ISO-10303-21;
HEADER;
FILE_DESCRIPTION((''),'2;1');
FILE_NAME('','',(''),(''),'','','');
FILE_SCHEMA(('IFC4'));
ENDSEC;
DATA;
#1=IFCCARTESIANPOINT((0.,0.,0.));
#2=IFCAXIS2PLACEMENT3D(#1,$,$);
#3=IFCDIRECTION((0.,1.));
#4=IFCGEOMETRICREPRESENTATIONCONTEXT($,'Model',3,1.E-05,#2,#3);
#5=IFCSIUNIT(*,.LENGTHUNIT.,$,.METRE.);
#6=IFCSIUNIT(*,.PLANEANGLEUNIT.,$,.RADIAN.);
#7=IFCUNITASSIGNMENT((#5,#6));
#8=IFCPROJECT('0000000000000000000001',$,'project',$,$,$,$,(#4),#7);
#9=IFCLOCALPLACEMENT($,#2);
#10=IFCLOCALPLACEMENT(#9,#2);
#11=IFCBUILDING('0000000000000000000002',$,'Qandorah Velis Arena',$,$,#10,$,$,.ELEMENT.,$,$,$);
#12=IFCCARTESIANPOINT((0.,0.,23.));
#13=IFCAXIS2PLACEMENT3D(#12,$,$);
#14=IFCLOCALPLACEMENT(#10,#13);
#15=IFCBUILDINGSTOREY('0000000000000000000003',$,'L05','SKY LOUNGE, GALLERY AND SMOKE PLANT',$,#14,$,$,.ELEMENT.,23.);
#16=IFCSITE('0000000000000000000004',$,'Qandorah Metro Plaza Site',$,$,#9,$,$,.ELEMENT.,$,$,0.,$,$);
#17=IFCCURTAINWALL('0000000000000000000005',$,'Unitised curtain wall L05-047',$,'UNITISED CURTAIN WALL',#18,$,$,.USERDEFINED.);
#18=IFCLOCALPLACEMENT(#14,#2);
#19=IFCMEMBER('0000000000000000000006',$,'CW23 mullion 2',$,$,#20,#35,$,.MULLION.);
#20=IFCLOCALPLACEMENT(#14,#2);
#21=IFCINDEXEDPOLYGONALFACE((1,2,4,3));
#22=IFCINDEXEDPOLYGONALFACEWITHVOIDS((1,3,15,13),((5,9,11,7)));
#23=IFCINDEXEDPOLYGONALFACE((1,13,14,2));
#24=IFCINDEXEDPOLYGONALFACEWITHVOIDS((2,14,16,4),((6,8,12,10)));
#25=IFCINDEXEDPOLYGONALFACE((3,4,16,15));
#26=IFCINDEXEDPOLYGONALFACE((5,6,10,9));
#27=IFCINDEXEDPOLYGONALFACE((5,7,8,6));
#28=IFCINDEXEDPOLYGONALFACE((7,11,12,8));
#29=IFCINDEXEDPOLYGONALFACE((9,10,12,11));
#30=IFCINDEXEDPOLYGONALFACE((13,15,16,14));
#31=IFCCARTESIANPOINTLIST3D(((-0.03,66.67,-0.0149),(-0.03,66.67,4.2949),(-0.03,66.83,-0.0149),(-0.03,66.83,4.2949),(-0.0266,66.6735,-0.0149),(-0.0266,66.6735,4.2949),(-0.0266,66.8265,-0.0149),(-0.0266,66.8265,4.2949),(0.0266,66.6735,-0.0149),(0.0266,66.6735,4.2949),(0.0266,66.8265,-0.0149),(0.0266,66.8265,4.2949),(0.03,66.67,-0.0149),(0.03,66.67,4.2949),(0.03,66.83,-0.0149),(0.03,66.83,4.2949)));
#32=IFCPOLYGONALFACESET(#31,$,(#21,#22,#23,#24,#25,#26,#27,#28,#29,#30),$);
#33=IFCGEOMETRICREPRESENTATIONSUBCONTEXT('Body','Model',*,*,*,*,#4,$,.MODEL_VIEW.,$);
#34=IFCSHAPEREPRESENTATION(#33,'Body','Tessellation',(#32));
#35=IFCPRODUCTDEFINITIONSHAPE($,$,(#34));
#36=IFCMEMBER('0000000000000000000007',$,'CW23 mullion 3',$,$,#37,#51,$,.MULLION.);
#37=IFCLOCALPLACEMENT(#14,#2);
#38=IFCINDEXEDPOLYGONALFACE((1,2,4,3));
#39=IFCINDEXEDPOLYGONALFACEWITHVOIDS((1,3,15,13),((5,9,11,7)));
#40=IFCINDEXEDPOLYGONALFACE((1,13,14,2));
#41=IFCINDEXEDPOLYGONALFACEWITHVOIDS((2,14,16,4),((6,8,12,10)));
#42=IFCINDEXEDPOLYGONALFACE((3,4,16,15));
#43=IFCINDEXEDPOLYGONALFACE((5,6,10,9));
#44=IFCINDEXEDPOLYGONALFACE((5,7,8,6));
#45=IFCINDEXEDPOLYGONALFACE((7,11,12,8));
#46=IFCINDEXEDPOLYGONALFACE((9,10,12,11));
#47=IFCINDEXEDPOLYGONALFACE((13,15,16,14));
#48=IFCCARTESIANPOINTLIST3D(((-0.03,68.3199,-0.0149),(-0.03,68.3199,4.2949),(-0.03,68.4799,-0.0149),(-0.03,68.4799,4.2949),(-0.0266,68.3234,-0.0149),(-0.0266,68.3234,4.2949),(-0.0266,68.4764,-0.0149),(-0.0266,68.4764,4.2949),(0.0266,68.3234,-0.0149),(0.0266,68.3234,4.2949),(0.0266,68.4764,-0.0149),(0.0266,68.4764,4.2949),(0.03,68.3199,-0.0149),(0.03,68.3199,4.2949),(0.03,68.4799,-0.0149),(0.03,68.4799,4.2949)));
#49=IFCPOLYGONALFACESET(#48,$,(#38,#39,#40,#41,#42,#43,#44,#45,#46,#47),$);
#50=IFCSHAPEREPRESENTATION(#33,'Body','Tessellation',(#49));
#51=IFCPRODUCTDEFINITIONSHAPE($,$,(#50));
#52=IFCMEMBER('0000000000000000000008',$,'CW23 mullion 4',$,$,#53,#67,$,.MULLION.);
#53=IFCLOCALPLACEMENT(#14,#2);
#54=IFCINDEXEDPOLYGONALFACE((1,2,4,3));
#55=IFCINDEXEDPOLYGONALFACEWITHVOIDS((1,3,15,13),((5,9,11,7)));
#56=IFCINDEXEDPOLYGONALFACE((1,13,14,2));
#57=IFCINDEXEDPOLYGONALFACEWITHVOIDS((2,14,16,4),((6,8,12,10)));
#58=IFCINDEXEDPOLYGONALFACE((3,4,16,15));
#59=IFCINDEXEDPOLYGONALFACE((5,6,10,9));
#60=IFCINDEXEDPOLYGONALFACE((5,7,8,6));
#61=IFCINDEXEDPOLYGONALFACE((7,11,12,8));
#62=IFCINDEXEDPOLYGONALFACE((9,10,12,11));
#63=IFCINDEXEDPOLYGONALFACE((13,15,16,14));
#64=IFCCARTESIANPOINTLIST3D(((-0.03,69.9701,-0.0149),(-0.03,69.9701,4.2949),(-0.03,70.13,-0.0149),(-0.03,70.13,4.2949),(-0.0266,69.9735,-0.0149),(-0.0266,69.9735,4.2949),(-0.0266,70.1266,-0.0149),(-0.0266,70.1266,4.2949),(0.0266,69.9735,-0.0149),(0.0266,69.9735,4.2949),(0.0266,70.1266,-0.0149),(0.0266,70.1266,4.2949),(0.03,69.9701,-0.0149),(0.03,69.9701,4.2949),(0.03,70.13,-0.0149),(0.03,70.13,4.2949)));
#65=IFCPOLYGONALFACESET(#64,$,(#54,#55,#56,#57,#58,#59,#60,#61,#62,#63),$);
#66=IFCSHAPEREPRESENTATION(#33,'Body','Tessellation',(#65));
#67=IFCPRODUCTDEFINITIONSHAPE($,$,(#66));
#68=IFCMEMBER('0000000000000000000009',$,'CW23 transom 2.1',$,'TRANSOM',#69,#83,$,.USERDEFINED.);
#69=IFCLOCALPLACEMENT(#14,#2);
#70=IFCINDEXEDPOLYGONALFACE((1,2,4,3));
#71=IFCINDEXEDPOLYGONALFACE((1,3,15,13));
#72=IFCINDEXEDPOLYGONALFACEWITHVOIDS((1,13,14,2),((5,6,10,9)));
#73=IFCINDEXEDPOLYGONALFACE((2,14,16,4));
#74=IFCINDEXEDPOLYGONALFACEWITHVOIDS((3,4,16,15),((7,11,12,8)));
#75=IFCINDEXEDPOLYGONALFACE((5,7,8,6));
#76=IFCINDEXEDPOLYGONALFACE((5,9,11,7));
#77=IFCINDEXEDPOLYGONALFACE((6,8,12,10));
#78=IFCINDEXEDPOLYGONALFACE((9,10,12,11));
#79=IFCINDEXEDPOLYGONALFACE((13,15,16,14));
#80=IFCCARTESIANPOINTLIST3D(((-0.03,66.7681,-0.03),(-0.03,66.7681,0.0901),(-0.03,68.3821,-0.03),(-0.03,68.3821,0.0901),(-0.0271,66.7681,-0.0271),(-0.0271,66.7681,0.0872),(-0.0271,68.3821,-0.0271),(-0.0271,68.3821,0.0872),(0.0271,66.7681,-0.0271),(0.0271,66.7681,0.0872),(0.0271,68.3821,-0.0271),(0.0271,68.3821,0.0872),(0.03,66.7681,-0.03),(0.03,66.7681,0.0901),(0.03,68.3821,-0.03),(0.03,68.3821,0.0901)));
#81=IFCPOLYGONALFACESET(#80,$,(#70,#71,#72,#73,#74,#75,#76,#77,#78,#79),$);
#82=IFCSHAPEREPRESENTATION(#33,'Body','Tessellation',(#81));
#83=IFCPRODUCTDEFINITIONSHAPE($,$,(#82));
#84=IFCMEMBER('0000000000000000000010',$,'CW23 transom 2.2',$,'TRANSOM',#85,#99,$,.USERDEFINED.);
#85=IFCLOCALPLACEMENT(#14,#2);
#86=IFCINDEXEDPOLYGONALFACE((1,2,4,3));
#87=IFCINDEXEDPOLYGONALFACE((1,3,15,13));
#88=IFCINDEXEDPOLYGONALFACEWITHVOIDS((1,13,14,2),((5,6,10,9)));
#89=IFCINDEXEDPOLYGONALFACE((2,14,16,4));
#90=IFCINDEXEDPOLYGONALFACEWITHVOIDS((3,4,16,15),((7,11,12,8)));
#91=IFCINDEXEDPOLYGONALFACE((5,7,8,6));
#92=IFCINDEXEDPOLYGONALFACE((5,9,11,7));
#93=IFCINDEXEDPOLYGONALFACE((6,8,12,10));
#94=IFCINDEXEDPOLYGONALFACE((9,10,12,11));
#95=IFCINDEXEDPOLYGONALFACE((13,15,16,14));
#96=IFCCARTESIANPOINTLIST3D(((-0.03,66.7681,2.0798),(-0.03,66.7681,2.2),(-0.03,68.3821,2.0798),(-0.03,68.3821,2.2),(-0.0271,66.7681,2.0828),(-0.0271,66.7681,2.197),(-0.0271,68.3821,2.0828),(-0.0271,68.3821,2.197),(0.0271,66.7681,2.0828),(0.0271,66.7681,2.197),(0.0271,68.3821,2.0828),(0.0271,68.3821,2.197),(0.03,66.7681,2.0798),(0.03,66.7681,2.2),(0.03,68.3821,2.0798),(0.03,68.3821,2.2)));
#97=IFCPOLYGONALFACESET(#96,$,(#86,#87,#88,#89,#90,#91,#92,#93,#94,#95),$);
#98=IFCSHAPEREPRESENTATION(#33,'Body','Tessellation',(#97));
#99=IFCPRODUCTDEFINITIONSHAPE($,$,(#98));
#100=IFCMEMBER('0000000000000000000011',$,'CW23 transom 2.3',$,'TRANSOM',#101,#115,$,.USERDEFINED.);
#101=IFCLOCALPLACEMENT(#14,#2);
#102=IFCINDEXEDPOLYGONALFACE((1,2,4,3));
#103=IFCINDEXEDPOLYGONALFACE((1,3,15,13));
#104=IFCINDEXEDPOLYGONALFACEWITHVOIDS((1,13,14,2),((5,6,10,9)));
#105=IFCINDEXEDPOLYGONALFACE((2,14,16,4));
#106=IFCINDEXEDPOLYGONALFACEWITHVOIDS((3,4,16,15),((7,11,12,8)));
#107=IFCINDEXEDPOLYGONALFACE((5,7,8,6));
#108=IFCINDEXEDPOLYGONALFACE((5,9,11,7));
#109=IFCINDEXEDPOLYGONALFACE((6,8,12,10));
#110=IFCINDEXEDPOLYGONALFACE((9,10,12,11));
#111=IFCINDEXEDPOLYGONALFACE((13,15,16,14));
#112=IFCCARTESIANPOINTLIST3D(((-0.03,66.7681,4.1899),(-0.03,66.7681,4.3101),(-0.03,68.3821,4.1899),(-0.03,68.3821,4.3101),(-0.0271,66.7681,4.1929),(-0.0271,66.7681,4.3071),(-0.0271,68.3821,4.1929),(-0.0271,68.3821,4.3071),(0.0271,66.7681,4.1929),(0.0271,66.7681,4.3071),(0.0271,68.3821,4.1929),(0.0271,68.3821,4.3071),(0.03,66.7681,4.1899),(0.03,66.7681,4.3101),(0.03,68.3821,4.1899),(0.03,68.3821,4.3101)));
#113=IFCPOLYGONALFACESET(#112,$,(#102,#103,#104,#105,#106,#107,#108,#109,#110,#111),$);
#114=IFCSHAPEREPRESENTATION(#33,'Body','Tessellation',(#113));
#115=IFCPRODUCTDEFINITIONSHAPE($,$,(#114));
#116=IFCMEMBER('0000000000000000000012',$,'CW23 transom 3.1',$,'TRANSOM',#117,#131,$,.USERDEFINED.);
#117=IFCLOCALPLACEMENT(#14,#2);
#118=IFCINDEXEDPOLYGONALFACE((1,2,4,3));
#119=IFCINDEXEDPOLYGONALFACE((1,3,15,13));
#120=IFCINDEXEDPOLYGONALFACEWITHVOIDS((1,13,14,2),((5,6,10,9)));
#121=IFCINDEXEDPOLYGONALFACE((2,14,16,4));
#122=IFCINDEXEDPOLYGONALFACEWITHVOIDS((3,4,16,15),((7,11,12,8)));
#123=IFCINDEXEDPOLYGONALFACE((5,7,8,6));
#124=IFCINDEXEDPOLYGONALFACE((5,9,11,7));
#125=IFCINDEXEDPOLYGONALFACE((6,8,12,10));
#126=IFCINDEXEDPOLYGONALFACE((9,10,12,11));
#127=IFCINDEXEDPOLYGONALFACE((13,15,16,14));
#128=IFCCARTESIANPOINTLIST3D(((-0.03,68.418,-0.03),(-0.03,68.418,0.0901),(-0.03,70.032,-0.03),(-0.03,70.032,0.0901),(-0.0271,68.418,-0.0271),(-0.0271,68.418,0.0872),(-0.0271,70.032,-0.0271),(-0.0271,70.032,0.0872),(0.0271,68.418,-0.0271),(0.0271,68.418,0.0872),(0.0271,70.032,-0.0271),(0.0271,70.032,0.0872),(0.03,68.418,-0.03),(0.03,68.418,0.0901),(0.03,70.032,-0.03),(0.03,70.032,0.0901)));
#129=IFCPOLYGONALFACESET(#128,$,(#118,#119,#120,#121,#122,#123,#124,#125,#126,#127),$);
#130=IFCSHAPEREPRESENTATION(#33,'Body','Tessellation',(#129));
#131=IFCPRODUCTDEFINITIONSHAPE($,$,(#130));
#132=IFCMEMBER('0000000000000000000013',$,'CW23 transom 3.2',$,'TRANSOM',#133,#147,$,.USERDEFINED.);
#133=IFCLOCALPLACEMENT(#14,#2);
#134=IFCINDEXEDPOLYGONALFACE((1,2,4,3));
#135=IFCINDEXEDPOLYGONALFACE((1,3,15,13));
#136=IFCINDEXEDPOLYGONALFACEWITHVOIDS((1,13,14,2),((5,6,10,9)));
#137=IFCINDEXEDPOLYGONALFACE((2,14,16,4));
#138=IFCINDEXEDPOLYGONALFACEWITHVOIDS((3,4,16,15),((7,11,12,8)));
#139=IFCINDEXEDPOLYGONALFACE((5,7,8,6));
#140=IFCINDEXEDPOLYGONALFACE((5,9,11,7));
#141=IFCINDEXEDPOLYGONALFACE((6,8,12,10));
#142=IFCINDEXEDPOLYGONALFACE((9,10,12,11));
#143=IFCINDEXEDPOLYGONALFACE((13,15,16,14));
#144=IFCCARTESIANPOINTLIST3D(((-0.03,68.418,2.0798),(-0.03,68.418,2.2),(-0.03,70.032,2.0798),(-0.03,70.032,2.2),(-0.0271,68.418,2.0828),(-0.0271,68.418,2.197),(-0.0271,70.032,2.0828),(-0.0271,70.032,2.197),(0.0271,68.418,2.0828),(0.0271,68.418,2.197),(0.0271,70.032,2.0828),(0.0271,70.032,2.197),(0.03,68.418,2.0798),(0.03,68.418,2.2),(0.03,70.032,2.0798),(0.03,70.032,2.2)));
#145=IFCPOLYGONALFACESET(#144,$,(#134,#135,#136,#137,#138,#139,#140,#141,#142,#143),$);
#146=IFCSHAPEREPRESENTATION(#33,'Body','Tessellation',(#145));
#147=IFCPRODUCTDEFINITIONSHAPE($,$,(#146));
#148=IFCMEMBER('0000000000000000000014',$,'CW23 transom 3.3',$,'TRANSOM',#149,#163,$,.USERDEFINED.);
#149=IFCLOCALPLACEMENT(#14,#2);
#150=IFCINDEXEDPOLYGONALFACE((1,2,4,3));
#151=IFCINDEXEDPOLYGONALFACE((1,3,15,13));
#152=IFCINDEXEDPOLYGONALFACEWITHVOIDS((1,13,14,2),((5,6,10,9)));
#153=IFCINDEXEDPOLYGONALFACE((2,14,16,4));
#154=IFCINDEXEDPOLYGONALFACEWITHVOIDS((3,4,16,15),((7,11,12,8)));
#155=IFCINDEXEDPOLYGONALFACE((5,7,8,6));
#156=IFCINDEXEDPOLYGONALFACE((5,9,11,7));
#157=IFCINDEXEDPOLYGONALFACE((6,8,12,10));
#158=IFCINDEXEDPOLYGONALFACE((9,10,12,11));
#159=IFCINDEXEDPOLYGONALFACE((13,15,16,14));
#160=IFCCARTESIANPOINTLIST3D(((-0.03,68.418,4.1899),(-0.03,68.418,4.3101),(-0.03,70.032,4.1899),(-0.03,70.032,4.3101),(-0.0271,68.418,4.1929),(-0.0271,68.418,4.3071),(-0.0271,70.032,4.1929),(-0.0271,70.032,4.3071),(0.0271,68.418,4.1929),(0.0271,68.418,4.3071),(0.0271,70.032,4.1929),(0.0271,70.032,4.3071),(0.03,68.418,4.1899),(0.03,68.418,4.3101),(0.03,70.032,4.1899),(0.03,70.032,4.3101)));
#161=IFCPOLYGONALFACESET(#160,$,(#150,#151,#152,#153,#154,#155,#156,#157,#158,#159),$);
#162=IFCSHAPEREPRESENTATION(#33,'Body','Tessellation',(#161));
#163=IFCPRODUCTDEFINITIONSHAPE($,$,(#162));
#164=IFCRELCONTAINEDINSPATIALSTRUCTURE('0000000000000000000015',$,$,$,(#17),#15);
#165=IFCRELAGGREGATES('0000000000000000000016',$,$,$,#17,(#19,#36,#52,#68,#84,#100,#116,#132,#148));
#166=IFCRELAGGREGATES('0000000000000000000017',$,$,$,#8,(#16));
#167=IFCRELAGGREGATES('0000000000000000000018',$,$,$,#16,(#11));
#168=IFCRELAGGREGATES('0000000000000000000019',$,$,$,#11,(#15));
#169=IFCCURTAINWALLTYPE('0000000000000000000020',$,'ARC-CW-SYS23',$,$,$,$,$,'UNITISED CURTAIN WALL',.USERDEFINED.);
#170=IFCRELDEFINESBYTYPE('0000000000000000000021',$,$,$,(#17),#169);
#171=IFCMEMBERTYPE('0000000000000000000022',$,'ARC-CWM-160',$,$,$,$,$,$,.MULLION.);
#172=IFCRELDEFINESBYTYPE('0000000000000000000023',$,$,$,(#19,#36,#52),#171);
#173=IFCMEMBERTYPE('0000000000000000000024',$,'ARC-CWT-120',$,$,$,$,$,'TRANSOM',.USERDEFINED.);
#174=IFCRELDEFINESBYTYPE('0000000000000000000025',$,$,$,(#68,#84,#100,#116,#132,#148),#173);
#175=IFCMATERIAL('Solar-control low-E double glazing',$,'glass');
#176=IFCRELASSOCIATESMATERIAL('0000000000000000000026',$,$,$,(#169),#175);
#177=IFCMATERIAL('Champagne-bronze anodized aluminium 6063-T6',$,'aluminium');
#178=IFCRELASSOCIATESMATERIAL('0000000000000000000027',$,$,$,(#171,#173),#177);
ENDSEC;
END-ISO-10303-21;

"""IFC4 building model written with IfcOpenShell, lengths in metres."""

from ifc_helpers import new_model, si_unit, direction, frame, origin, origin_2d, place, context, subcontext, project, spatial, hollow_rectangle, extrude, material, material_profile, profile_set, type_object, element, aggregate, save


model = new_model("IFC4")

# Units and contexts
model_context = context("Model", 3, precision=1e-05, world=origin(), true_north=direction((0.0, 1.0)))
body_context = subcontext(model_context, "Body", "Model", "MODEL_VIEW")
ifc_project = project(units=[si_unit("LENGTHUNIT", "METRE"), si_unit("PLANEANGLEUNIT", "RADIAN")], contexts=[model_context])

# Site, building, storey
site_placement = place(None, origin())
site = spatial("IfcSite", under=ifc_project, at=site_placement, Name="Qandorah Metro Plaza Site", CompositionType="ELEMENT", RefElevation=0.0)
building_placement = place(site_placement, origin())
building = spatial("IfcBuilding", under=site, at=building_placement, Name="Qandorah Velis Arena", CompositionType="ELEMENT")
storey_placement = place(building_placement, frame((0.0, 0.0, 23.0)))
storey = spatial("IfcBuildingStorey", under=building, at=storey_placement, Name="L05", Description="SKY LOUNGE, GALLERY AND SMOKE PLANT", CompositionType="ELEMENT", Elevation=23.0)

# Curtain wall, members
ifc_material_1 = material(Name="Solar-control low-E double glazing", Category="glass")
curtain_wall_type = type_object("IfcCurtainWallType", Name="ARC-CW-SYS23", ElementType="UNITISED CURTAIN WALL", PredefinedType="USERDEFINED", material=ifc_material_1)
curtain_wall_placement = place(storey_placement, origin())
curtain_wall = element("IfcCurtainWall", 1, at=curtain_wall_placement, inside=storey, type_object=curtain_wall_type, Name="Unitised curtain wall L05-047", ObjectType="UNITISED CURTAIN WALL", PredefinedType="USERDEFINED")
ifc_material_2 = material(Name="Champagne-bronze anodized aluminium 6063-T6", Category="aluminium")
ifc_material_profile_1 = material_profile(ifc_material_2, hollow_rectangle(XDim=0.0601, YDim=0.1599, WallThickness=0.0034, at=origin_2d()), Name="ALU MULLION 60x160")
ifc_profile_set_1 = profile_set([ifc_material_profile_1], Name="Champagne-bronze anodized aluminium 6063-T6")
member_type_1 = type_object("IfcMemberType", Name="ARC-CWM-160", PredefinedType="MULLION", material=ifc_profile_set_1)
member_1_placement = place(storey_placement, frame((0.0, 66.75, -0.0149), z_axis=(0.0, 0.0, 1.0), x_axis=(-1.0, 0.0, 0.0)))
member_1 = element("IfcMember", 2, at=member_1_placement, type_object=member_type_1, Name="CW23 mullion 2", PredefinedType="MULLION", context=body_context, shape_type="SweptSolid", body=[
    extrude(hollow_rectangle(XDim=0.0601, YDim=0.1599, WallThickness=0.0034, at=origin_2d()), origin(), (0.0, 0.0, 1.0), 4.3098),
])
member_2_placement = place(storey_placement, frame((0.0, 68.3999, -0.0149), z_axis=(0.0, 0.0, 1.0), x_axis=(-1.0, 0.0, 0.0)))
member_2 = element("IfcMember", 3, at=member_2_placement, type_object=member_type_1, Name="CW23 mullion 3", PredefinedType="MULLION", context=body_context, shape_type="SweptSolid", body=[
    extrude(hollow_rectangle(XDim=0.0601, YDim=0.1599, WallThickness=0.0034, at=origin_2d()), origin(), (0.0, 0.0, 1.0), 4.3098),
])
member_3_placement = place(storey_placement, frame((0.0, 70.05, -0.0149), z_axis=(0.0, 0.0, 1.0), x_axis=(-1.0, 0.0, 0.0)))
member_3 = element("IfcMember", 4, at=member_3_placement, type_object=member_type_1, Name="CW23 mullion 4", PredefinedType="MULLION", context=body_context, shape_type="SweptSolid", body=[
    extrude(hollow_rectangle(XDim=0.0601, YDim=0.1599, WallThickness=0.0034, at=origin_2d()), origin(), (0.0, 0.0, 1.0), 4.3098),
])
ifc_material_profile_2 = material_profile(ifc_material_2, hollow_rectangle(XDim=0.0601, YDim=0.1201, WallThickness=0.0029, at=origin_2d()), Name="ALU TRANSOM 60x120")
ifc_profile_set_2 = profile_set([ifc_material_profile_2], Name="Champagne-bronze anodized aluminium 6063-T6")
member_type_2 = type_object("IfcMemberType", Name="ARC-CWT-120", ElementType="TRANSOM", PredefinedType="USERDEFINED", material=ifc_profile_set_2)
member_4_placement = place(storey_placement, frame((0.0, 66.7681, 0.03), z_axis=(0.0, 1.0, 0.0), x_axis=(-1.0, 0.0, 0.0)))
member_4 = element("IfcMember", 5, at=member_4_placement, type_object=member_type_2, Name="CW23 transom 2.1", ObjectType="TRANSOM", PredefinedType="USERDEFINED", context=body_context, shape_type="SweptSolid", body=[
    extrude(hollow_rectangle(XDim=0.0601, YDim=0.1201, WallThickness=0.0029, at=origin_2d()), origin(), (0.0, 0.0, 1.0), 1.614),
])
member_5_placement = place(storey_placement, frame((0.0, 66.7681, 2.1399), z_axis=(0.0, 1.0, 0.0), x_axis=(-1.0, 0.0, 0.0)))
member_5 = element("IfcMember", 6, at=member_5_placement, type_object=member_type_2, Name="CW23 transom 2.2", ObjectType="TRANSOM", PredefinedType="USERDEFINED", context=body_context, shape_type="SweptSolid", body=[
    extrude(hollow_rectangle(XDim=0.0601, YDim=0.1201, WallThickness=0.0029, at=origin_2d()), origin(), (0.0, 0.0, 1.0), 1.614),
])
member_6_placement = place(storey_placement, frame((0.0, 66.7681, 4.25), z_axis=(0.0, 1.0, 0.0), x_axis=(-1.0, 0.0, 0.0)))
member_6 = element("IfcMember", 7, at=member_6_placement, type_object=member_type_2, Name="CW23 transom 2.3", ObjectType="TRANSOM", PredefinedType="USERDEFINED", context=body_context, shape_type="SweptSolid", body=[
    extrude(hollow_rectangle(XDim=0.0601, YDim=0.1201, WallThickness=0.0029, at=origin_2d()), origin(), (0.0, 0.0, 1.0), 1.614),
])
member_7_placement = place(storey_placement, frame((0.0, 68.418, 0.03), z_axis=(0.0, 1.0, 0.0), x_axis=(-1.0, 0.0, 0.0)))
member_7 = element("IfcMember", 8, at=member_7_placement, type_object=member_type_2, Name="CW23 transom 3.1", ObjectType="TRANSOM", PredefinedType="USERDEFINED", context=body_context, shape_type="SweptSolid", body=[
    extrude(hollow_rectangle(XDim=0.0601, YDim=0.1201, WallThickness=0.0029, at=origin_2d()), origin(), (0.0, 0.0, 1.0), 1.614),
])
member_8_placement = place(storey_placement, frame((0.0, 68.418, 2.1399), z_axis=(0.0, 1.0, 0.0), x_axis=(-1.0, 0.0, 0.0)))
member_8 = element("IfcMember", 9, at=member_8_placement, type_object=member_type_2, Name="CW23 transom 3.2", ObjectType="TRANSOM", PredefinedType="USERDEFINED", context=body_context, shape_type="SweptSolid", body=[
    extrude(hollow_rectangle(XDim=0.0601, YDim=0.1201, WallThickness=0.0029, at=origin_2d()), origin(), (0.0, 0.0, 1.0), 1.614),
])
member_9_placement = place(storey_placement, frame((0.0, 68.418, 4.25), z_axis=(0.0, 1.0, 0.0), x_axis=(-1.0, 0.0, 0.0)))
member_9 = element("IfcMember", 10, at=member_9_placement, type_object=member_type_2, Name="CW23 transom 3.3", ObjectType="TRANSOM", PredefinedType="USERDEFINED", context=body_context, shape_type="SweptSolid", body=[
    extrude(hollow_rectangle(XDim=0.0601, YDim=0.1201, WallThickness=0.0029, at=origin_2d()), origin(), (0.0, 0.0, 1.0), 1.614),
])

aggregate(curtain_wall, [member_1, member_2, member_3, member_4, member_5, member_6, member_7, member_8, member_9])

save(model, "model.ifc")
